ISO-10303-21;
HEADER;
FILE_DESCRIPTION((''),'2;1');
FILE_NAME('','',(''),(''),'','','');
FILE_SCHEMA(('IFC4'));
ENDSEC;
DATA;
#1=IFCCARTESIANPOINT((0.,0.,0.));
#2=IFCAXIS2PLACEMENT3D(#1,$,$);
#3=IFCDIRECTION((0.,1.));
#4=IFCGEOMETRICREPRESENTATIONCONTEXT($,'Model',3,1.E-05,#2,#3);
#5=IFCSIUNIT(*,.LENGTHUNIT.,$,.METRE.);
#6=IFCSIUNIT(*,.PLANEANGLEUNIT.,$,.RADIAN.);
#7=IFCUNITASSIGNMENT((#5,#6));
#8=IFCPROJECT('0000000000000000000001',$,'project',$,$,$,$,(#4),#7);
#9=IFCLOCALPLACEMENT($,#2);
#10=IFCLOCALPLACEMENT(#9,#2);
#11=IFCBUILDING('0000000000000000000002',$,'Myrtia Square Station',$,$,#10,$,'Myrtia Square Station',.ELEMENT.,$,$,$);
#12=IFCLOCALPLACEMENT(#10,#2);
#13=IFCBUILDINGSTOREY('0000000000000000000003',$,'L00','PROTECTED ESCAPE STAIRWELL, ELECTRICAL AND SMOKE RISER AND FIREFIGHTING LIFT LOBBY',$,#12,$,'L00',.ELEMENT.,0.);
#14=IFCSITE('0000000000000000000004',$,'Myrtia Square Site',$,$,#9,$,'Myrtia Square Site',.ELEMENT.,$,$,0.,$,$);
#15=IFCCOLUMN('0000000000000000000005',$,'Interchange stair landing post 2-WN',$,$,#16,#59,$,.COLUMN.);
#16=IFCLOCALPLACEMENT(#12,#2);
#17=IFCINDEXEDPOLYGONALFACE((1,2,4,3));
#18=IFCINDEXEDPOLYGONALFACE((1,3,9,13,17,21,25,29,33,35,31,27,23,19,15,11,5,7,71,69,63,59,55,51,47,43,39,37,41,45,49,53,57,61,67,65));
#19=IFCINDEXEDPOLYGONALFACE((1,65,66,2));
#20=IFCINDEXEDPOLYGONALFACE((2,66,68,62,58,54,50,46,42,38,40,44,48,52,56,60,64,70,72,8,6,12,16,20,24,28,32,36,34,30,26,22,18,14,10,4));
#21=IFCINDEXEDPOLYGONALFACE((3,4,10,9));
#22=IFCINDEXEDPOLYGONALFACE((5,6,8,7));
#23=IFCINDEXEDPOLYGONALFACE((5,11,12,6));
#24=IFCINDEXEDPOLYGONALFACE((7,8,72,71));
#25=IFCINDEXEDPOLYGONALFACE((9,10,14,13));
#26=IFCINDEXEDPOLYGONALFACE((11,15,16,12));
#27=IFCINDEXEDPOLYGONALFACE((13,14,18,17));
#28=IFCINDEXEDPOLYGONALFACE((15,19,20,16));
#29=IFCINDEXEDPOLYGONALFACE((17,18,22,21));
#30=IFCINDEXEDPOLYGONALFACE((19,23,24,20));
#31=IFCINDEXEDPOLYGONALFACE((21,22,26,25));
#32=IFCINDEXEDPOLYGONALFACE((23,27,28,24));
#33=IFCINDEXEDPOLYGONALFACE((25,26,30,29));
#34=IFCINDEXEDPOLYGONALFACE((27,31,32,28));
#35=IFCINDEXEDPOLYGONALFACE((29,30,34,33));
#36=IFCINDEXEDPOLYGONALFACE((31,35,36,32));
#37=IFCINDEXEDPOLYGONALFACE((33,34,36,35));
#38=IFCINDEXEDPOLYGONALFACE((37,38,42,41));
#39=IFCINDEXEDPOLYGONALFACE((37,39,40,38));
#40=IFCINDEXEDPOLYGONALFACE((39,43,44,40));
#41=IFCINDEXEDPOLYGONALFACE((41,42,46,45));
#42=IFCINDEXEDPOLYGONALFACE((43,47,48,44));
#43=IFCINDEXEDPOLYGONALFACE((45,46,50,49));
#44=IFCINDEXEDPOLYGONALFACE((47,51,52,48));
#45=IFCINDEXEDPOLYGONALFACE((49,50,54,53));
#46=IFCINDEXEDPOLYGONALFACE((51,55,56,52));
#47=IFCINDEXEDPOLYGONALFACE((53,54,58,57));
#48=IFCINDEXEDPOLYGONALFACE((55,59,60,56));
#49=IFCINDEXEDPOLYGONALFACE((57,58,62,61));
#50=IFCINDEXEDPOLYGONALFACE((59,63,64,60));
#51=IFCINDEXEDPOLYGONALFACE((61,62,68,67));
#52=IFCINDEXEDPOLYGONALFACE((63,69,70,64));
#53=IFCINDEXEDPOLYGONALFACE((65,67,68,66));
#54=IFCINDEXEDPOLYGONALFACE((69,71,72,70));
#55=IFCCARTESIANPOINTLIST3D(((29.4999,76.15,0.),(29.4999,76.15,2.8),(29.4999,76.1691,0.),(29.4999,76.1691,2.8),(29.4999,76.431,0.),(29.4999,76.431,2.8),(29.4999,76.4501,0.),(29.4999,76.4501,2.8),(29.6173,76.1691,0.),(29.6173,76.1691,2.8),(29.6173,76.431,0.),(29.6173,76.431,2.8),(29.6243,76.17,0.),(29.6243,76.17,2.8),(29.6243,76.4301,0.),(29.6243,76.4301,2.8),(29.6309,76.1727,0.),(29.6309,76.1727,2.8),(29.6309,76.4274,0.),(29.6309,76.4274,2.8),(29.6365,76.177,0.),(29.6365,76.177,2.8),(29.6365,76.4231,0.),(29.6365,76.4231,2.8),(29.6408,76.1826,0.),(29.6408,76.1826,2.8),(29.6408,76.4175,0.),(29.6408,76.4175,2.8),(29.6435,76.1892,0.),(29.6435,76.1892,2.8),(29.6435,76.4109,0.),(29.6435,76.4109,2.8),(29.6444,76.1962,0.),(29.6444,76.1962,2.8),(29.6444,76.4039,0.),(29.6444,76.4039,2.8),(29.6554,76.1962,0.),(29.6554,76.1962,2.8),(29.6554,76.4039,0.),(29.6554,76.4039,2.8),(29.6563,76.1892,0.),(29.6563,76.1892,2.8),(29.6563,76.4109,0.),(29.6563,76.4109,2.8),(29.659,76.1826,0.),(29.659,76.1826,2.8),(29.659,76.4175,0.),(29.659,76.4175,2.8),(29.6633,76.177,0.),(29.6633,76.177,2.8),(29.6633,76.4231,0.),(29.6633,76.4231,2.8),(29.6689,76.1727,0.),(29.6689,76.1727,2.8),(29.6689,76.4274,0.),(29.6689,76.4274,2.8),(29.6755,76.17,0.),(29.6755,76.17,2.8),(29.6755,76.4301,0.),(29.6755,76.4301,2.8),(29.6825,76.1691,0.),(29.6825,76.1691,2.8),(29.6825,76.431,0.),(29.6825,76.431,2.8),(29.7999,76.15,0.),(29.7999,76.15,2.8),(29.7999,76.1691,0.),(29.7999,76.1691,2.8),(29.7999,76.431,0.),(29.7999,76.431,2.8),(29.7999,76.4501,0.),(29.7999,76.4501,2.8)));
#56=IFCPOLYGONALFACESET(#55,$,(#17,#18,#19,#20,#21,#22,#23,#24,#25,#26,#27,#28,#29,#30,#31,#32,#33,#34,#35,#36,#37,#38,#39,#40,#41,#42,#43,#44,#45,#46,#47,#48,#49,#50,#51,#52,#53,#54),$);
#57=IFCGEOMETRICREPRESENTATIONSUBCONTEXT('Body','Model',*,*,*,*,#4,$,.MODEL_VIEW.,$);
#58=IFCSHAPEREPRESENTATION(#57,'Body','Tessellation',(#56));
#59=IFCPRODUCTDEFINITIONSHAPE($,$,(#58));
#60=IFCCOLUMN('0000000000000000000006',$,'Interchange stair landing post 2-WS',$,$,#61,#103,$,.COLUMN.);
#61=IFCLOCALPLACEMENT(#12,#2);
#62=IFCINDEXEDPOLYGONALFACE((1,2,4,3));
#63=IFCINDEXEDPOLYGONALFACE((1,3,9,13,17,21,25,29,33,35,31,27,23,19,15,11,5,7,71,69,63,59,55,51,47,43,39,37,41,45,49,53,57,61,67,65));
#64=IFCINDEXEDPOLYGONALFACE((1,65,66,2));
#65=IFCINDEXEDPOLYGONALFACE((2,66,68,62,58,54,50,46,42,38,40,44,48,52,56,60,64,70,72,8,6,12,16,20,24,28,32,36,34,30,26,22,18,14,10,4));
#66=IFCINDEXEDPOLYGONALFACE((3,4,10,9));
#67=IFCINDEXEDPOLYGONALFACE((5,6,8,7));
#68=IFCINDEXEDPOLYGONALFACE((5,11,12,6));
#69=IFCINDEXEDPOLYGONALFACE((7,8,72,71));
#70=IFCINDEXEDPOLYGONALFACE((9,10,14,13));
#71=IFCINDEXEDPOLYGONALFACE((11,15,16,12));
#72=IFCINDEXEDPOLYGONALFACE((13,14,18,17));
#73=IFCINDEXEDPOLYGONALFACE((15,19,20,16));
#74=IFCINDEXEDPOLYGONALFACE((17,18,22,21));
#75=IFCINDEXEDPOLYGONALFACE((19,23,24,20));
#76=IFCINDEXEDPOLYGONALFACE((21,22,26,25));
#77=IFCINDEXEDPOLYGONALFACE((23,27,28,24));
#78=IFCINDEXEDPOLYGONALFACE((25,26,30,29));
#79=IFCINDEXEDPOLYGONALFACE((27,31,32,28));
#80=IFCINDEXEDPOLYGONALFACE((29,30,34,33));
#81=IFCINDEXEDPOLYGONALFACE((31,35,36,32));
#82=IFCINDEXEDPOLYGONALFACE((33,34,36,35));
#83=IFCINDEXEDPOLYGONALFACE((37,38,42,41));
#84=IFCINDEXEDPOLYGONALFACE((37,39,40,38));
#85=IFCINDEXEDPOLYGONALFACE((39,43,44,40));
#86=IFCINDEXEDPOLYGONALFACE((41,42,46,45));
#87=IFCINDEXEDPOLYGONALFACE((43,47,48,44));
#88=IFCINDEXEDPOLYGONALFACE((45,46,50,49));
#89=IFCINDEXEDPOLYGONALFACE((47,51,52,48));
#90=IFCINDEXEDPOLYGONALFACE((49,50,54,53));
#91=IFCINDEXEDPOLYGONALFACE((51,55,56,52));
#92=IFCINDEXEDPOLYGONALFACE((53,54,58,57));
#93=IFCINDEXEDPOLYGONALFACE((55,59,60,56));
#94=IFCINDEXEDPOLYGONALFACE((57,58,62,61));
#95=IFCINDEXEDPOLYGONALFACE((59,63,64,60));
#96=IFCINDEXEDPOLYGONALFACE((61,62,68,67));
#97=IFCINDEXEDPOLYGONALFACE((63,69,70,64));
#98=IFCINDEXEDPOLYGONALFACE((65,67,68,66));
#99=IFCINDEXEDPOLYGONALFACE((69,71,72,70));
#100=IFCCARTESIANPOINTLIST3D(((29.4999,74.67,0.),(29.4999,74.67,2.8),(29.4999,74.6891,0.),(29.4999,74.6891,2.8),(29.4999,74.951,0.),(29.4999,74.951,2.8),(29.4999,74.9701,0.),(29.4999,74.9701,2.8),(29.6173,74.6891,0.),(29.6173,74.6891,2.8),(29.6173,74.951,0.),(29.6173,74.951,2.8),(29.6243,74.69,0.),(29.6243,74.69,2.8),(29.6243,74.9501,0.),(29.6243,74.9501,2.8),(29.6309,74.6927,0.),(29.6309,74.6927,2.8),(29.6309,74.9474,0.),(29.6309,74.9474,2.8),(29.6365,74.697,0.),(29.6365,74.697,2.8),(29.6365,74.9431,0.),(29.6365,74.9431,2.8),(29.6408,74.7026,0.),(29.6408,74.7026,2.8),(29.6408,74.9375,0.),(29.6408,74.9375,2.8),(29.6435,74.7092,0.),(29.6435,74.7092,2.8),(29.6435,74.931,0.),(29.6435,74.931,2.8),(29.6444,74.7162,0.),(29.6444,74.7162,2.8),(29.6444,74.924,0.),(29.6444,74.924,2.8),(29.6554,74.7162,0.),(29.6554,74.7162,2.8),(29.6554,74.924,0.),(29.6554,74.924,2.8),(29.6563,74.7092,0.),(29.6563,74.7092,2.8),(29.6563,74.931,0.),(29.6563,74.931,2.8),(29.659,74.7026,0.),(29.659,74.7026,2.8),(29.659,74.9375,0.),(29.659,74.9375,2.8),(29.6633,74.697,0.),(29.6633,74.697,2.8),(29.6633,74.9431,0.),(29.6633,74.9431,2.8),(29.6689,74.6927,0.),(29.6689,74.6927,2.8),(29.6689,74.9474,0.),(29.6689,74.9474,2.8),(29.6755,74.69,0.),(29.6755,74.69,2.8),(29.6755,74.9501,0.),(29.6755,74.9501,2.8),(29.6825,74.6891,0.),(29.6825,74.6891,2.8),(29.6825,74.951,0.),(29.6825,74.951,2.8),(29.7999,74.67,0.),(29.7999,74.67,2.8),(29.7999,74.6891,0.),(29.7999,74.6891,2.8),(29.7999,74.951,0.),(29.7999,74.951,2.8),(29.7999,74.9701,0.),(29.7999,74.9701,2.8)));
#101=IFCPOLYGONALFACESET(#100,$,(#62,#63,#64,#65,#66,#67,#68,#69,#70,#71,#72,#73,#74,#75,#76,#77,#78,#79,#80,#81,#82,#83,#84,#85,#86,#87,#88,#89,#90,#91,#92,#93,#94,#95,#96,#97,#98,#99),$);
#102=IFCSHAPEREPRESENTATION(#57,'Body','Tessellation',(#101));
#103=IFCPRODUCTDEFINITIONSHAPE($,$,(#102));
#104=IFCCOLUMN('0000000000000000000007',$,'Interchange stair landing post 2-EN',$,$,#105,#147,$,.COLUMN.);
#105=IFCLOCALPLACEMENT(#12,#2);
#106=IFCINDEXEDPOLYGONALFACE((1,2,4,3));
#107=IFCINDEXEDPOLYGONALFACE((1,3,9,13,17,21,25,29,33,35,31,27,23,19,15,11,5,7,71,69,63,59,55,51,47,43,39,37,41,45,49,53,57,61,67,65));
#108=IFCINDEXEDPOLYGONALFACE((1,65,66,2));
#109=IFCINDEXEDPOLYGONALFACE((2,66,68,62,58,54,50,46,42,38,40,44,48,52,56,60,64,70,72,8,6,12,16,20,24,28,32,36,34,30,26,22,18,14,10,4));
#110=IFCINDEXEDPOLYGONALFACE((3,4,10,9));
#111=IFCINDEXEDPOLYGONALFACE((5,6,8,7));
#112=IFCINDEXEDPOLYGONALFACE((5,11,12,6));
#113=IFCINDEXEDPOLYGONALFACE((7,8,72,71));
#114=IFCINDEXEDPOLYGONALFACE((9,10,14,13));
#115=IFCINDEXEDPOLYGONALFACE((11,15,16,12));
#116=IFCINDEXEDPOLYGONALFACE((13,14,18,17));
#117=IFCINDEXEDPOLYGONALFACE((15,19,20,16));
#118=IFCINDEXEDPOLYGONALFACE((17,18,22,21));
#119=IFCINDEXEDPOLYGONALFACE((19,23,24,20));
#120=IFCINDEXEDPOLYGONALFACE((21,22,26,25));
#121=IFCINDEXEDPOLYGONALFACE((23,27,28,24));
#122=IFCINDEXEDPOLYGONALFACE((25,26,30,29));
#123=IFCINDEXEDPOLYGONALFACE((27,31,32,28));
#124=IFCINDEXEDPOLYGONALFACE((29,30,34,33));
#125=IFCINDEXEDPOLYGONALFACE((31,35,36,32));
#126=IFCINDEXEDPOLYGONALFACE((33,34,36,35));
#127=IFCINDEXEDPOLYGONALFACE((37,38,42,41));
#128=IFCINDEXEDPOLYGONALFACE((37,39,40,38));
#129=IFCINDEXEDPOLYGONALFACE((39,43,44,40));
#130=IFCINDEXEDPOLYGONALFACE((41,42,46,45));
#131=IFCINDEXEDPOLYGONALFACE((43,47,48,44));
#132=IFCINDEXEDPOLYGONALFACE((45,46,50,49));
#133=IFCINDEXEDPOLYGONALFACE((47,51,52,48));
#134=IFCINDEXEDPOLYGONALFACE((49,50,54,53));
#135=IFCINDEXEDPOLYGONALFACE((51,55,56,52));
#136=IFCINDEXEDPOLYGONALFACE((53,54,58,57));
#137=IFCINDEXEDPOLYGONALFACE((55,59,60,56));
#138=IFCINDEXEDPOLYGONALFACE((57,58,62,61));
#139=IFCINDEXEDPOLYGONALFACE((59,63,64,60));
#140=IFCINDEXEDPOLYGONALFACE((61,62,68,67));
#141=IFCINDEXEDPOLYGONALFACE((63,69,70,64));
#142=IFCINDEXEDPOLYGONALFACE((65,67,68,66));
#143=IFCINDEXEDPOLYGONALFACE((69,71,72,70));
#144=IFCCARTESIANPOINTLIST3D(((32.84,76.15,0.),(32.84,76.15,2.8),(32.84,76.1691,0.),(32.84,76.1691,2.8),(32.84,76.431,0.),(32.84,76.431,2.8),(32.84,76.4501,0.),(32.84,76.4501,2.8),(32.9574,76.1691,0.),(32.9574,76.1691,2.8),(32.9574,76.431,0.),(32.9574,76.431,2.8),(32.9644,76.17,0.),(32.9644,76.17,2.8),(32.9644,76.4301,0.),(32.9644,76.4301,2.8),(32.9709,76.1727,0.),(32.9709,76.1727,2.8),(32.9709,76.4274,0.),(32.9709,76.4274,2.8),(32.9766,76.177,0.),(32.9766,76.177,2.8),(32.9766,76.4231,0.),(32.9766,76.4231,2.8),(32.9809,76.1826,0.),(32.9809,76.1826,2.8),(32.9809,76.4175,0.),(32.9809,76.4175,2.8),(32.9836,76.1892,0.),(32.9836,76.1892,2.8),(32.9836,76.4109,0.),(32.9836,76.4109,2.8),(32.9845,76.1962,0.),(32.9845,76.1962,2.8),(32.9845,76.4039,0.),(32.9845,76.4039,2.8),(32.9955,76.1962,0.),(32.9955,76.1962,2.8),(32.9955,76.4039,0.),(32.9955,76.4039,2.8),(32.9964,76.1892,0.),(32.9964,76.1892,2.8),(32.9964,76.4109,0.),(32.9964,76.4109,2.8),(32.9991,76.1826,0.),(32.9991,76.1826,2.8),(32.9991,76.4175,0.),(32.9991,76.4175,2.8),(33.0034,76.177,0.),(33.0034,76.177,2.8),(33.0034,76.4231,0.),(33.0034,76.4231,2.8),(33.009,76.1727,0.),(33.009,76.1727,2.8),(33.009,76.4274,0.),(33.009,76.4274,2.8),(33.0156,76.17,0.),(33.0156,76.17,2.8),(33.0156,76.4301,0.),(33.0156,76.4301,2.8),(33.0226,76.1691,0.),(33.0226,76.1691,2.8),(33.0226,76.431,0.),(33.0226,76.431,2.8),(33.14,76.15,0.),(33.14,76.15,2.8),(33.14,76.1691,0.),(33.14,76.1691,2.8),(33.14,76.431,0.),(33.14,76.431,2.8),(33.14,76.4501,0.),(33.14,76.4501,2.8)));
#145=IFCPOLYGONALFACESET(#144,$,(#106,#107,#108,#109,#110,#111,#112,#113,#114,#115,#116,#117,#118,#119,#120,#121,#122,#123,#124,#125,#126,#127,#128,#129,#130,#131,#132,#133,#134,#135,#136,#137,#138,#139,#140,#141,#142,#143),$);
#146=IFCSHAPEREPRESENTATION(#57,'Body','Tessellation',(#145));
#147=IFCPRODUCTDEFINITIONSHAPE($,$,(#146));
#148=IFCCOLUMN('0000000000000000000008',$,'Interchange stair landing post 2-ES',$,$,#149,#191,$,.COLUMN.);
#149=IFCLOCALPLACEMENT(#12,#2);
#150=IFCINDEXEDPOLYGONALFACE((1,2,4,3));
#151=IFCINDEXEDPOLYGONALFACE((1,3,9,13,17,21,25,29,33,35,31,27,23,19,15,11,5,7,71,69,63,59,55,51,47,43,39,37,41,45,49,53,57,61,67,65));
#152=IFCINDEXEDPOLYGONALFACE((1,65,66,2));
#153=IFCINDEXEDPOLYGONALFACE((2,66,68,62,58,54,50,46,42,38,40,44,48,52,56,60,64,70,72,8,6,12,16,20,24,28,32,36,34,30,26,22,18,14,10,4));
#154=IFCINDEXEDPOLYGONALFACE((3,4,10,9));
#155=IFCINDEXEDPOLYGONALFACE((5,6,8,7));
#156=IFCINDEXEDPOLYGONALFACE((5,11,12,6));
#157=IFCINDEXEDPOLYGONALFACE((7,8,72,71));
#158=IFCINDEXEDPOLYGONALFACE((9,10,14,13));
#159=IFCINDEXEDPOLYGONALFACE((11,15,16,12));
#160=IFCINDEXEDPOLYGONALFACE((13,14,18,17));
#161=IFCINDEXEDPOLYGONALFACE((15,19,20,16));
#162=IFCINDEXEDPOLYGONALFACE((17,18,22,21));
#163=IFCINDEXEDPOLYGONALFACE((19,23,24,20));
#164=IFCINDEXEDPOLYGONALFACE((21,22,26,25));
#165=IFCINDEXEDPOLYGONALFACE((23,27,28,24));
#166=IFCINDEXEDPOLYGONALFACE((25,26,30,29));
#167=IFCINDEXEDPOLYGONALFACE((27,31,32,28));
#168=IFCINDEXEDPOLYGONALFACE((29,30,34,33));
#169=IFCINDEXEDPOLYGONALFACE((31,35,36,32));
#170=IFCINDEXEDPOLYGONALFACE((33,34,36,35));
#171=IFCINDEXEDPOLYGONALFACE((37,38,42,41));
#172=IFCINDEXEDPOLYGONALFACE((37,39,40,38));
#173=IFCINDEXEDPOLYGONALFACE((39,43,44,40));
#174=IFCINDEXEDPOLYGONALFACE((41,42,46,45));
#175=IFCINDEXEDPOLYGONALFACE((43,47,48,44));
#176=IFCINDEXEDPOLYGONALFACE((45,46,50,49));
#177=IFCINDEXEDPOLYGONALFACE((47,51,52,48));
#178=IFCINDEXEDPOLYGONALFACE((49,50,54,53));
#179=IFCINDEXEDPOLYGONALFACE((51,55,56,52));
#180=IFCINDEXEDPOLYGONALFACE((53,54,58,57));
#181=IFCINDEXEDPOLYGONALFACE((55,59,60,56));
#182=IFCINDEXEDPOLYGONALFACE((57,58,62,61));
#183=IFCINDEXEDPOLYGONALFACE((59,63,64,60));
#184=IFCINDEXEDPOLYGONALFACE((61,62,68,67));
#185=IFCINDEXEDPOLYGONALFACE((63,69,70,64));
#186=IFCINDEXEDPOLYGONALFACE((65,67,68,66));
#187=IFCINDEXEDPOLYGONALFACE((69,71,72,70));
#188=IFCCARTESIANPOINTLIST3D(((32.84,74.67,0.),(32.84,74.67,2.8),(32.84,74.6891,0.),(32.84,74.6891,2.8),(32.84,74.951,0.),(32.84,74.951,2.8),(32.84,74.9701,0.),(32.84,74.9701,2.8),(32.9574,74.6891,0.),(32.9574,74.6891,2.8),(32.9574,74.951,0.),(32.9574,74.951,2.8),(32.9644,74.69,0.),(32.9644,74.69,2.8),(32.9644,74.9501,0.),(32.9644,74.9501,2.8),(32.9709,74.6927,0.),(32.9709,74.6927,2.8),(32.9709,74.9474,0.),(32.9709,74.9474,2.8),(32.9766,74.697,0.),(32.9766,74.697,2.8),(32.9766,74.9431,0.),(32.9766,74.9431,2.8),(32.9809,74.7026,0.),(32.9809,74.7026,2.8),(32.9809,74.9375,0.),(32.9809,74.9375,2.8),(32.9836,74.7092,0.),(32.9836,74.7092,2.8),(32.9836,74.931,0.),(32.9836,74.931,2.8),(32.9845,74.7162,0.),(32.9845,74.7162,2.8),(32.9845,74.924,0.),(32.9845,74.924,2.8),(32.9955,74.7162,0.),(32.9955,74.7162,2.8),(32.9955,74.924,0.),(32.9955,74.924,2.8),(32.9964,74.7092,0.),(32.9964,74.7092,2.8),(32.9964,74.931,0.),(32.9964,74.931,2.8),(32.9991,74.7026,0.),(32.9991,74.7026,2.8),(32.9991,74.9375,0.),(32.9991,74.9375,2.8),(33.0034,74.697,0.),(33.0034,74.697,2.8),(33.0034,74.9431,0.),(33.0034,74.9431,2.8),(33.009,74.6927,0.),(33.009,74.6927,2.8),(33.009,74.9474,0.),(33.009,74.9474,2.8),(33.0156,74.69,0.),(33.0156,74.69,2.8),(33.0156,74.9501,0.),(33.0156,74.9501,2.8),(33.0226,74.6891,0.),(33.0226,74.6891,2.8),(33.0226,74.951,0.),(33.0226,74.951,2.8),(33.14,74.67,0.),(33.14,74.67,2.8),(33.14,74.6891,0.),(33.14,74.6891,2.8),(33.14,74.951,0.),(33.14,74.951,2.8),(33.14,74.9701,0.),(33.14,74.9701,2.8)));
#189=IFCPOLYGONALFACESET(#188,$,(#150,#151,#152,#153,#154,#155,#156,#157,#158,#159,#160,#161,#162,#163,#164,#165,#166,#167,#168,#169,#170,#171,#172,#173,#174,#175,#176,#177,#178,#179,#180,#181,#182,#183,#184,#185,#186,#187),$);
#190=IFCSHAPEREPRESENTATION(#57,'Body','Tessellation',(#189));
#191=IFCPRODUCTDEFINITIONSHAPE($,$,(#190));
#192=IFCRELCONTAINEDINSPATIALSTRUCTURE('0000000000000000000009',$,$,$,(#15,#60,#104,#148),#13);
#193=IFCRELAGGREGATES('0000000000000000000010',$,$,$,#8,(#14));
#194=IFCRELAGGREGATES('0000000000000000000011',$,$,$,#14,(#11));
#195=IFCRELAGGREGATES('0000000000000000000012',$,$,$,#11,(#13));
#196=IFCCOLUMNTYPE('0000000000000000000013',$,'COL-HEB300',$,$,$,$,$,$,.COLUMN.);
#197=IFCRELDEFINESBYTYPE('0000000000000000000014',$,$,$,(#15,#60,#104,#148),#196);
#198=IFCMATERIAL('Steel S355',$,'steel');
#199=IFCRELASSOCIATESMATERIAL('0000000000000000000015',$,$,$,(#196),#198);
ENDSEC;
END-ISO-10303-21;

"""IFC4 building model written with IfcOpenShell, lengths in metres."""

from ifc_helpers import new_model, si_unit, direction, frame, origin, origin_2d, place, context, subcontext, project, spatial, i_section, extrude, material, material_profile, profile_set, type_object, element, save


model = new_model("IFC4")

# Units and contexts
model_context = context("Model", 3, precision=1e-05, world=origin(), true_north=direction((0.0, 1.0)))
body_context = subcontext(model_context, "Body", "Model", "MODEL_VIEW")
ifc_project = project(units=[si_unit("LENGTHUNIT", "METRE"), si_unit("PLANEANGLEUNIT", "RADIAN")], contexts=[model_context])

# Site, building, storey
site_placement = place(None, origin())
site = spatial("IfcSite", under=ifc_project, at=site_placement, Name="Myrtia Square Site", LongName="Myrtia Square Site", CompositionType="ELEMENT", RefElevation=0.0)
building_placement = place(site_placement, origin())
building = spatial("IfcBuilding", under=site, at=building_placement, Name="Myrtia Square Station", LongName="Myrtia Square Station", CompositionType="ELEMENT")
storey_placement = place(building_placement, origin())
storey = spatial("IfcBuildingStorey", under=building, at=storey_placement, Name="L00", Description="PROTECTED ESCAPE STAIRWELL, ELECTRICAL AND SMOKE RISER AND FIREFIGHTING LIFT LOBBY", LongName="L00", CompositionType="ELEMENT", Elevation=0.0)

# Columns
ifc_material_1 = material(Name="Steel S355", Category="steel")
ifc_material_profile_1 = material_profile(ifc_material_1, i_section(OverallWidth=0.3, OverallDepth=0.3, WebThickness=0.011, FlangeThickness=0.019, FilletRadius=0.0271, at=origin_2d()), Name="HEB 300")
ifc_profile_set_1 = profile_set([ifc_material_profile_1], Name="Steel S355")
column_type_1 = type_object("IfcColumnType", Name="COL-HEB300", PredefinedType="COLUMN", material=ifc_profile_set_1)
for number, where, z_axis, x_axis, name in (
    (1, (29.6499, 76.3, 0.0), (0.0, 0.0, 1.0), (1.0, 0.0, 0.0), "Interchange stair landing post 2-WN"),
    (2, (29.6499, 74.8201, 0.0), (0.0, 0.0, 1.0), (1.0, 0.0, 0.0), "Interchange stair landing post 2-WS"),
    (3, (32.99, 76.3, 0.0), (0.0, 0.0, 1.0), (1.0, 0.0, 0.0), "Interchange stair landing post 2-EN"),
    (4, (32.99, 74.8201, 0.0), (0.0, 0.0, 1.0), (1.0, 0.0, 0.0), "Interchange stair landing post 2-ES"),
):
    element("IfcColumn", number, at=place(storey_placement, frame(where, z_axis=z_axis, x_axis=x_axis)), inside=storey, type_object=column_type_1, Name=name, PredefinedType="COLUMN", context=body_context, shape_type="SweptSolid", body=[
        extrude(i_section(OverallWidth=0.3, OverallDepth=0.3, WebThickness=0.011, FlangeThickness=0.019, FilletRadius=0.0271, at=origin_2d()), origin(), (0.0, 0.0, 1.0), 2.8),
    ])

save(model, "model.ifc")
